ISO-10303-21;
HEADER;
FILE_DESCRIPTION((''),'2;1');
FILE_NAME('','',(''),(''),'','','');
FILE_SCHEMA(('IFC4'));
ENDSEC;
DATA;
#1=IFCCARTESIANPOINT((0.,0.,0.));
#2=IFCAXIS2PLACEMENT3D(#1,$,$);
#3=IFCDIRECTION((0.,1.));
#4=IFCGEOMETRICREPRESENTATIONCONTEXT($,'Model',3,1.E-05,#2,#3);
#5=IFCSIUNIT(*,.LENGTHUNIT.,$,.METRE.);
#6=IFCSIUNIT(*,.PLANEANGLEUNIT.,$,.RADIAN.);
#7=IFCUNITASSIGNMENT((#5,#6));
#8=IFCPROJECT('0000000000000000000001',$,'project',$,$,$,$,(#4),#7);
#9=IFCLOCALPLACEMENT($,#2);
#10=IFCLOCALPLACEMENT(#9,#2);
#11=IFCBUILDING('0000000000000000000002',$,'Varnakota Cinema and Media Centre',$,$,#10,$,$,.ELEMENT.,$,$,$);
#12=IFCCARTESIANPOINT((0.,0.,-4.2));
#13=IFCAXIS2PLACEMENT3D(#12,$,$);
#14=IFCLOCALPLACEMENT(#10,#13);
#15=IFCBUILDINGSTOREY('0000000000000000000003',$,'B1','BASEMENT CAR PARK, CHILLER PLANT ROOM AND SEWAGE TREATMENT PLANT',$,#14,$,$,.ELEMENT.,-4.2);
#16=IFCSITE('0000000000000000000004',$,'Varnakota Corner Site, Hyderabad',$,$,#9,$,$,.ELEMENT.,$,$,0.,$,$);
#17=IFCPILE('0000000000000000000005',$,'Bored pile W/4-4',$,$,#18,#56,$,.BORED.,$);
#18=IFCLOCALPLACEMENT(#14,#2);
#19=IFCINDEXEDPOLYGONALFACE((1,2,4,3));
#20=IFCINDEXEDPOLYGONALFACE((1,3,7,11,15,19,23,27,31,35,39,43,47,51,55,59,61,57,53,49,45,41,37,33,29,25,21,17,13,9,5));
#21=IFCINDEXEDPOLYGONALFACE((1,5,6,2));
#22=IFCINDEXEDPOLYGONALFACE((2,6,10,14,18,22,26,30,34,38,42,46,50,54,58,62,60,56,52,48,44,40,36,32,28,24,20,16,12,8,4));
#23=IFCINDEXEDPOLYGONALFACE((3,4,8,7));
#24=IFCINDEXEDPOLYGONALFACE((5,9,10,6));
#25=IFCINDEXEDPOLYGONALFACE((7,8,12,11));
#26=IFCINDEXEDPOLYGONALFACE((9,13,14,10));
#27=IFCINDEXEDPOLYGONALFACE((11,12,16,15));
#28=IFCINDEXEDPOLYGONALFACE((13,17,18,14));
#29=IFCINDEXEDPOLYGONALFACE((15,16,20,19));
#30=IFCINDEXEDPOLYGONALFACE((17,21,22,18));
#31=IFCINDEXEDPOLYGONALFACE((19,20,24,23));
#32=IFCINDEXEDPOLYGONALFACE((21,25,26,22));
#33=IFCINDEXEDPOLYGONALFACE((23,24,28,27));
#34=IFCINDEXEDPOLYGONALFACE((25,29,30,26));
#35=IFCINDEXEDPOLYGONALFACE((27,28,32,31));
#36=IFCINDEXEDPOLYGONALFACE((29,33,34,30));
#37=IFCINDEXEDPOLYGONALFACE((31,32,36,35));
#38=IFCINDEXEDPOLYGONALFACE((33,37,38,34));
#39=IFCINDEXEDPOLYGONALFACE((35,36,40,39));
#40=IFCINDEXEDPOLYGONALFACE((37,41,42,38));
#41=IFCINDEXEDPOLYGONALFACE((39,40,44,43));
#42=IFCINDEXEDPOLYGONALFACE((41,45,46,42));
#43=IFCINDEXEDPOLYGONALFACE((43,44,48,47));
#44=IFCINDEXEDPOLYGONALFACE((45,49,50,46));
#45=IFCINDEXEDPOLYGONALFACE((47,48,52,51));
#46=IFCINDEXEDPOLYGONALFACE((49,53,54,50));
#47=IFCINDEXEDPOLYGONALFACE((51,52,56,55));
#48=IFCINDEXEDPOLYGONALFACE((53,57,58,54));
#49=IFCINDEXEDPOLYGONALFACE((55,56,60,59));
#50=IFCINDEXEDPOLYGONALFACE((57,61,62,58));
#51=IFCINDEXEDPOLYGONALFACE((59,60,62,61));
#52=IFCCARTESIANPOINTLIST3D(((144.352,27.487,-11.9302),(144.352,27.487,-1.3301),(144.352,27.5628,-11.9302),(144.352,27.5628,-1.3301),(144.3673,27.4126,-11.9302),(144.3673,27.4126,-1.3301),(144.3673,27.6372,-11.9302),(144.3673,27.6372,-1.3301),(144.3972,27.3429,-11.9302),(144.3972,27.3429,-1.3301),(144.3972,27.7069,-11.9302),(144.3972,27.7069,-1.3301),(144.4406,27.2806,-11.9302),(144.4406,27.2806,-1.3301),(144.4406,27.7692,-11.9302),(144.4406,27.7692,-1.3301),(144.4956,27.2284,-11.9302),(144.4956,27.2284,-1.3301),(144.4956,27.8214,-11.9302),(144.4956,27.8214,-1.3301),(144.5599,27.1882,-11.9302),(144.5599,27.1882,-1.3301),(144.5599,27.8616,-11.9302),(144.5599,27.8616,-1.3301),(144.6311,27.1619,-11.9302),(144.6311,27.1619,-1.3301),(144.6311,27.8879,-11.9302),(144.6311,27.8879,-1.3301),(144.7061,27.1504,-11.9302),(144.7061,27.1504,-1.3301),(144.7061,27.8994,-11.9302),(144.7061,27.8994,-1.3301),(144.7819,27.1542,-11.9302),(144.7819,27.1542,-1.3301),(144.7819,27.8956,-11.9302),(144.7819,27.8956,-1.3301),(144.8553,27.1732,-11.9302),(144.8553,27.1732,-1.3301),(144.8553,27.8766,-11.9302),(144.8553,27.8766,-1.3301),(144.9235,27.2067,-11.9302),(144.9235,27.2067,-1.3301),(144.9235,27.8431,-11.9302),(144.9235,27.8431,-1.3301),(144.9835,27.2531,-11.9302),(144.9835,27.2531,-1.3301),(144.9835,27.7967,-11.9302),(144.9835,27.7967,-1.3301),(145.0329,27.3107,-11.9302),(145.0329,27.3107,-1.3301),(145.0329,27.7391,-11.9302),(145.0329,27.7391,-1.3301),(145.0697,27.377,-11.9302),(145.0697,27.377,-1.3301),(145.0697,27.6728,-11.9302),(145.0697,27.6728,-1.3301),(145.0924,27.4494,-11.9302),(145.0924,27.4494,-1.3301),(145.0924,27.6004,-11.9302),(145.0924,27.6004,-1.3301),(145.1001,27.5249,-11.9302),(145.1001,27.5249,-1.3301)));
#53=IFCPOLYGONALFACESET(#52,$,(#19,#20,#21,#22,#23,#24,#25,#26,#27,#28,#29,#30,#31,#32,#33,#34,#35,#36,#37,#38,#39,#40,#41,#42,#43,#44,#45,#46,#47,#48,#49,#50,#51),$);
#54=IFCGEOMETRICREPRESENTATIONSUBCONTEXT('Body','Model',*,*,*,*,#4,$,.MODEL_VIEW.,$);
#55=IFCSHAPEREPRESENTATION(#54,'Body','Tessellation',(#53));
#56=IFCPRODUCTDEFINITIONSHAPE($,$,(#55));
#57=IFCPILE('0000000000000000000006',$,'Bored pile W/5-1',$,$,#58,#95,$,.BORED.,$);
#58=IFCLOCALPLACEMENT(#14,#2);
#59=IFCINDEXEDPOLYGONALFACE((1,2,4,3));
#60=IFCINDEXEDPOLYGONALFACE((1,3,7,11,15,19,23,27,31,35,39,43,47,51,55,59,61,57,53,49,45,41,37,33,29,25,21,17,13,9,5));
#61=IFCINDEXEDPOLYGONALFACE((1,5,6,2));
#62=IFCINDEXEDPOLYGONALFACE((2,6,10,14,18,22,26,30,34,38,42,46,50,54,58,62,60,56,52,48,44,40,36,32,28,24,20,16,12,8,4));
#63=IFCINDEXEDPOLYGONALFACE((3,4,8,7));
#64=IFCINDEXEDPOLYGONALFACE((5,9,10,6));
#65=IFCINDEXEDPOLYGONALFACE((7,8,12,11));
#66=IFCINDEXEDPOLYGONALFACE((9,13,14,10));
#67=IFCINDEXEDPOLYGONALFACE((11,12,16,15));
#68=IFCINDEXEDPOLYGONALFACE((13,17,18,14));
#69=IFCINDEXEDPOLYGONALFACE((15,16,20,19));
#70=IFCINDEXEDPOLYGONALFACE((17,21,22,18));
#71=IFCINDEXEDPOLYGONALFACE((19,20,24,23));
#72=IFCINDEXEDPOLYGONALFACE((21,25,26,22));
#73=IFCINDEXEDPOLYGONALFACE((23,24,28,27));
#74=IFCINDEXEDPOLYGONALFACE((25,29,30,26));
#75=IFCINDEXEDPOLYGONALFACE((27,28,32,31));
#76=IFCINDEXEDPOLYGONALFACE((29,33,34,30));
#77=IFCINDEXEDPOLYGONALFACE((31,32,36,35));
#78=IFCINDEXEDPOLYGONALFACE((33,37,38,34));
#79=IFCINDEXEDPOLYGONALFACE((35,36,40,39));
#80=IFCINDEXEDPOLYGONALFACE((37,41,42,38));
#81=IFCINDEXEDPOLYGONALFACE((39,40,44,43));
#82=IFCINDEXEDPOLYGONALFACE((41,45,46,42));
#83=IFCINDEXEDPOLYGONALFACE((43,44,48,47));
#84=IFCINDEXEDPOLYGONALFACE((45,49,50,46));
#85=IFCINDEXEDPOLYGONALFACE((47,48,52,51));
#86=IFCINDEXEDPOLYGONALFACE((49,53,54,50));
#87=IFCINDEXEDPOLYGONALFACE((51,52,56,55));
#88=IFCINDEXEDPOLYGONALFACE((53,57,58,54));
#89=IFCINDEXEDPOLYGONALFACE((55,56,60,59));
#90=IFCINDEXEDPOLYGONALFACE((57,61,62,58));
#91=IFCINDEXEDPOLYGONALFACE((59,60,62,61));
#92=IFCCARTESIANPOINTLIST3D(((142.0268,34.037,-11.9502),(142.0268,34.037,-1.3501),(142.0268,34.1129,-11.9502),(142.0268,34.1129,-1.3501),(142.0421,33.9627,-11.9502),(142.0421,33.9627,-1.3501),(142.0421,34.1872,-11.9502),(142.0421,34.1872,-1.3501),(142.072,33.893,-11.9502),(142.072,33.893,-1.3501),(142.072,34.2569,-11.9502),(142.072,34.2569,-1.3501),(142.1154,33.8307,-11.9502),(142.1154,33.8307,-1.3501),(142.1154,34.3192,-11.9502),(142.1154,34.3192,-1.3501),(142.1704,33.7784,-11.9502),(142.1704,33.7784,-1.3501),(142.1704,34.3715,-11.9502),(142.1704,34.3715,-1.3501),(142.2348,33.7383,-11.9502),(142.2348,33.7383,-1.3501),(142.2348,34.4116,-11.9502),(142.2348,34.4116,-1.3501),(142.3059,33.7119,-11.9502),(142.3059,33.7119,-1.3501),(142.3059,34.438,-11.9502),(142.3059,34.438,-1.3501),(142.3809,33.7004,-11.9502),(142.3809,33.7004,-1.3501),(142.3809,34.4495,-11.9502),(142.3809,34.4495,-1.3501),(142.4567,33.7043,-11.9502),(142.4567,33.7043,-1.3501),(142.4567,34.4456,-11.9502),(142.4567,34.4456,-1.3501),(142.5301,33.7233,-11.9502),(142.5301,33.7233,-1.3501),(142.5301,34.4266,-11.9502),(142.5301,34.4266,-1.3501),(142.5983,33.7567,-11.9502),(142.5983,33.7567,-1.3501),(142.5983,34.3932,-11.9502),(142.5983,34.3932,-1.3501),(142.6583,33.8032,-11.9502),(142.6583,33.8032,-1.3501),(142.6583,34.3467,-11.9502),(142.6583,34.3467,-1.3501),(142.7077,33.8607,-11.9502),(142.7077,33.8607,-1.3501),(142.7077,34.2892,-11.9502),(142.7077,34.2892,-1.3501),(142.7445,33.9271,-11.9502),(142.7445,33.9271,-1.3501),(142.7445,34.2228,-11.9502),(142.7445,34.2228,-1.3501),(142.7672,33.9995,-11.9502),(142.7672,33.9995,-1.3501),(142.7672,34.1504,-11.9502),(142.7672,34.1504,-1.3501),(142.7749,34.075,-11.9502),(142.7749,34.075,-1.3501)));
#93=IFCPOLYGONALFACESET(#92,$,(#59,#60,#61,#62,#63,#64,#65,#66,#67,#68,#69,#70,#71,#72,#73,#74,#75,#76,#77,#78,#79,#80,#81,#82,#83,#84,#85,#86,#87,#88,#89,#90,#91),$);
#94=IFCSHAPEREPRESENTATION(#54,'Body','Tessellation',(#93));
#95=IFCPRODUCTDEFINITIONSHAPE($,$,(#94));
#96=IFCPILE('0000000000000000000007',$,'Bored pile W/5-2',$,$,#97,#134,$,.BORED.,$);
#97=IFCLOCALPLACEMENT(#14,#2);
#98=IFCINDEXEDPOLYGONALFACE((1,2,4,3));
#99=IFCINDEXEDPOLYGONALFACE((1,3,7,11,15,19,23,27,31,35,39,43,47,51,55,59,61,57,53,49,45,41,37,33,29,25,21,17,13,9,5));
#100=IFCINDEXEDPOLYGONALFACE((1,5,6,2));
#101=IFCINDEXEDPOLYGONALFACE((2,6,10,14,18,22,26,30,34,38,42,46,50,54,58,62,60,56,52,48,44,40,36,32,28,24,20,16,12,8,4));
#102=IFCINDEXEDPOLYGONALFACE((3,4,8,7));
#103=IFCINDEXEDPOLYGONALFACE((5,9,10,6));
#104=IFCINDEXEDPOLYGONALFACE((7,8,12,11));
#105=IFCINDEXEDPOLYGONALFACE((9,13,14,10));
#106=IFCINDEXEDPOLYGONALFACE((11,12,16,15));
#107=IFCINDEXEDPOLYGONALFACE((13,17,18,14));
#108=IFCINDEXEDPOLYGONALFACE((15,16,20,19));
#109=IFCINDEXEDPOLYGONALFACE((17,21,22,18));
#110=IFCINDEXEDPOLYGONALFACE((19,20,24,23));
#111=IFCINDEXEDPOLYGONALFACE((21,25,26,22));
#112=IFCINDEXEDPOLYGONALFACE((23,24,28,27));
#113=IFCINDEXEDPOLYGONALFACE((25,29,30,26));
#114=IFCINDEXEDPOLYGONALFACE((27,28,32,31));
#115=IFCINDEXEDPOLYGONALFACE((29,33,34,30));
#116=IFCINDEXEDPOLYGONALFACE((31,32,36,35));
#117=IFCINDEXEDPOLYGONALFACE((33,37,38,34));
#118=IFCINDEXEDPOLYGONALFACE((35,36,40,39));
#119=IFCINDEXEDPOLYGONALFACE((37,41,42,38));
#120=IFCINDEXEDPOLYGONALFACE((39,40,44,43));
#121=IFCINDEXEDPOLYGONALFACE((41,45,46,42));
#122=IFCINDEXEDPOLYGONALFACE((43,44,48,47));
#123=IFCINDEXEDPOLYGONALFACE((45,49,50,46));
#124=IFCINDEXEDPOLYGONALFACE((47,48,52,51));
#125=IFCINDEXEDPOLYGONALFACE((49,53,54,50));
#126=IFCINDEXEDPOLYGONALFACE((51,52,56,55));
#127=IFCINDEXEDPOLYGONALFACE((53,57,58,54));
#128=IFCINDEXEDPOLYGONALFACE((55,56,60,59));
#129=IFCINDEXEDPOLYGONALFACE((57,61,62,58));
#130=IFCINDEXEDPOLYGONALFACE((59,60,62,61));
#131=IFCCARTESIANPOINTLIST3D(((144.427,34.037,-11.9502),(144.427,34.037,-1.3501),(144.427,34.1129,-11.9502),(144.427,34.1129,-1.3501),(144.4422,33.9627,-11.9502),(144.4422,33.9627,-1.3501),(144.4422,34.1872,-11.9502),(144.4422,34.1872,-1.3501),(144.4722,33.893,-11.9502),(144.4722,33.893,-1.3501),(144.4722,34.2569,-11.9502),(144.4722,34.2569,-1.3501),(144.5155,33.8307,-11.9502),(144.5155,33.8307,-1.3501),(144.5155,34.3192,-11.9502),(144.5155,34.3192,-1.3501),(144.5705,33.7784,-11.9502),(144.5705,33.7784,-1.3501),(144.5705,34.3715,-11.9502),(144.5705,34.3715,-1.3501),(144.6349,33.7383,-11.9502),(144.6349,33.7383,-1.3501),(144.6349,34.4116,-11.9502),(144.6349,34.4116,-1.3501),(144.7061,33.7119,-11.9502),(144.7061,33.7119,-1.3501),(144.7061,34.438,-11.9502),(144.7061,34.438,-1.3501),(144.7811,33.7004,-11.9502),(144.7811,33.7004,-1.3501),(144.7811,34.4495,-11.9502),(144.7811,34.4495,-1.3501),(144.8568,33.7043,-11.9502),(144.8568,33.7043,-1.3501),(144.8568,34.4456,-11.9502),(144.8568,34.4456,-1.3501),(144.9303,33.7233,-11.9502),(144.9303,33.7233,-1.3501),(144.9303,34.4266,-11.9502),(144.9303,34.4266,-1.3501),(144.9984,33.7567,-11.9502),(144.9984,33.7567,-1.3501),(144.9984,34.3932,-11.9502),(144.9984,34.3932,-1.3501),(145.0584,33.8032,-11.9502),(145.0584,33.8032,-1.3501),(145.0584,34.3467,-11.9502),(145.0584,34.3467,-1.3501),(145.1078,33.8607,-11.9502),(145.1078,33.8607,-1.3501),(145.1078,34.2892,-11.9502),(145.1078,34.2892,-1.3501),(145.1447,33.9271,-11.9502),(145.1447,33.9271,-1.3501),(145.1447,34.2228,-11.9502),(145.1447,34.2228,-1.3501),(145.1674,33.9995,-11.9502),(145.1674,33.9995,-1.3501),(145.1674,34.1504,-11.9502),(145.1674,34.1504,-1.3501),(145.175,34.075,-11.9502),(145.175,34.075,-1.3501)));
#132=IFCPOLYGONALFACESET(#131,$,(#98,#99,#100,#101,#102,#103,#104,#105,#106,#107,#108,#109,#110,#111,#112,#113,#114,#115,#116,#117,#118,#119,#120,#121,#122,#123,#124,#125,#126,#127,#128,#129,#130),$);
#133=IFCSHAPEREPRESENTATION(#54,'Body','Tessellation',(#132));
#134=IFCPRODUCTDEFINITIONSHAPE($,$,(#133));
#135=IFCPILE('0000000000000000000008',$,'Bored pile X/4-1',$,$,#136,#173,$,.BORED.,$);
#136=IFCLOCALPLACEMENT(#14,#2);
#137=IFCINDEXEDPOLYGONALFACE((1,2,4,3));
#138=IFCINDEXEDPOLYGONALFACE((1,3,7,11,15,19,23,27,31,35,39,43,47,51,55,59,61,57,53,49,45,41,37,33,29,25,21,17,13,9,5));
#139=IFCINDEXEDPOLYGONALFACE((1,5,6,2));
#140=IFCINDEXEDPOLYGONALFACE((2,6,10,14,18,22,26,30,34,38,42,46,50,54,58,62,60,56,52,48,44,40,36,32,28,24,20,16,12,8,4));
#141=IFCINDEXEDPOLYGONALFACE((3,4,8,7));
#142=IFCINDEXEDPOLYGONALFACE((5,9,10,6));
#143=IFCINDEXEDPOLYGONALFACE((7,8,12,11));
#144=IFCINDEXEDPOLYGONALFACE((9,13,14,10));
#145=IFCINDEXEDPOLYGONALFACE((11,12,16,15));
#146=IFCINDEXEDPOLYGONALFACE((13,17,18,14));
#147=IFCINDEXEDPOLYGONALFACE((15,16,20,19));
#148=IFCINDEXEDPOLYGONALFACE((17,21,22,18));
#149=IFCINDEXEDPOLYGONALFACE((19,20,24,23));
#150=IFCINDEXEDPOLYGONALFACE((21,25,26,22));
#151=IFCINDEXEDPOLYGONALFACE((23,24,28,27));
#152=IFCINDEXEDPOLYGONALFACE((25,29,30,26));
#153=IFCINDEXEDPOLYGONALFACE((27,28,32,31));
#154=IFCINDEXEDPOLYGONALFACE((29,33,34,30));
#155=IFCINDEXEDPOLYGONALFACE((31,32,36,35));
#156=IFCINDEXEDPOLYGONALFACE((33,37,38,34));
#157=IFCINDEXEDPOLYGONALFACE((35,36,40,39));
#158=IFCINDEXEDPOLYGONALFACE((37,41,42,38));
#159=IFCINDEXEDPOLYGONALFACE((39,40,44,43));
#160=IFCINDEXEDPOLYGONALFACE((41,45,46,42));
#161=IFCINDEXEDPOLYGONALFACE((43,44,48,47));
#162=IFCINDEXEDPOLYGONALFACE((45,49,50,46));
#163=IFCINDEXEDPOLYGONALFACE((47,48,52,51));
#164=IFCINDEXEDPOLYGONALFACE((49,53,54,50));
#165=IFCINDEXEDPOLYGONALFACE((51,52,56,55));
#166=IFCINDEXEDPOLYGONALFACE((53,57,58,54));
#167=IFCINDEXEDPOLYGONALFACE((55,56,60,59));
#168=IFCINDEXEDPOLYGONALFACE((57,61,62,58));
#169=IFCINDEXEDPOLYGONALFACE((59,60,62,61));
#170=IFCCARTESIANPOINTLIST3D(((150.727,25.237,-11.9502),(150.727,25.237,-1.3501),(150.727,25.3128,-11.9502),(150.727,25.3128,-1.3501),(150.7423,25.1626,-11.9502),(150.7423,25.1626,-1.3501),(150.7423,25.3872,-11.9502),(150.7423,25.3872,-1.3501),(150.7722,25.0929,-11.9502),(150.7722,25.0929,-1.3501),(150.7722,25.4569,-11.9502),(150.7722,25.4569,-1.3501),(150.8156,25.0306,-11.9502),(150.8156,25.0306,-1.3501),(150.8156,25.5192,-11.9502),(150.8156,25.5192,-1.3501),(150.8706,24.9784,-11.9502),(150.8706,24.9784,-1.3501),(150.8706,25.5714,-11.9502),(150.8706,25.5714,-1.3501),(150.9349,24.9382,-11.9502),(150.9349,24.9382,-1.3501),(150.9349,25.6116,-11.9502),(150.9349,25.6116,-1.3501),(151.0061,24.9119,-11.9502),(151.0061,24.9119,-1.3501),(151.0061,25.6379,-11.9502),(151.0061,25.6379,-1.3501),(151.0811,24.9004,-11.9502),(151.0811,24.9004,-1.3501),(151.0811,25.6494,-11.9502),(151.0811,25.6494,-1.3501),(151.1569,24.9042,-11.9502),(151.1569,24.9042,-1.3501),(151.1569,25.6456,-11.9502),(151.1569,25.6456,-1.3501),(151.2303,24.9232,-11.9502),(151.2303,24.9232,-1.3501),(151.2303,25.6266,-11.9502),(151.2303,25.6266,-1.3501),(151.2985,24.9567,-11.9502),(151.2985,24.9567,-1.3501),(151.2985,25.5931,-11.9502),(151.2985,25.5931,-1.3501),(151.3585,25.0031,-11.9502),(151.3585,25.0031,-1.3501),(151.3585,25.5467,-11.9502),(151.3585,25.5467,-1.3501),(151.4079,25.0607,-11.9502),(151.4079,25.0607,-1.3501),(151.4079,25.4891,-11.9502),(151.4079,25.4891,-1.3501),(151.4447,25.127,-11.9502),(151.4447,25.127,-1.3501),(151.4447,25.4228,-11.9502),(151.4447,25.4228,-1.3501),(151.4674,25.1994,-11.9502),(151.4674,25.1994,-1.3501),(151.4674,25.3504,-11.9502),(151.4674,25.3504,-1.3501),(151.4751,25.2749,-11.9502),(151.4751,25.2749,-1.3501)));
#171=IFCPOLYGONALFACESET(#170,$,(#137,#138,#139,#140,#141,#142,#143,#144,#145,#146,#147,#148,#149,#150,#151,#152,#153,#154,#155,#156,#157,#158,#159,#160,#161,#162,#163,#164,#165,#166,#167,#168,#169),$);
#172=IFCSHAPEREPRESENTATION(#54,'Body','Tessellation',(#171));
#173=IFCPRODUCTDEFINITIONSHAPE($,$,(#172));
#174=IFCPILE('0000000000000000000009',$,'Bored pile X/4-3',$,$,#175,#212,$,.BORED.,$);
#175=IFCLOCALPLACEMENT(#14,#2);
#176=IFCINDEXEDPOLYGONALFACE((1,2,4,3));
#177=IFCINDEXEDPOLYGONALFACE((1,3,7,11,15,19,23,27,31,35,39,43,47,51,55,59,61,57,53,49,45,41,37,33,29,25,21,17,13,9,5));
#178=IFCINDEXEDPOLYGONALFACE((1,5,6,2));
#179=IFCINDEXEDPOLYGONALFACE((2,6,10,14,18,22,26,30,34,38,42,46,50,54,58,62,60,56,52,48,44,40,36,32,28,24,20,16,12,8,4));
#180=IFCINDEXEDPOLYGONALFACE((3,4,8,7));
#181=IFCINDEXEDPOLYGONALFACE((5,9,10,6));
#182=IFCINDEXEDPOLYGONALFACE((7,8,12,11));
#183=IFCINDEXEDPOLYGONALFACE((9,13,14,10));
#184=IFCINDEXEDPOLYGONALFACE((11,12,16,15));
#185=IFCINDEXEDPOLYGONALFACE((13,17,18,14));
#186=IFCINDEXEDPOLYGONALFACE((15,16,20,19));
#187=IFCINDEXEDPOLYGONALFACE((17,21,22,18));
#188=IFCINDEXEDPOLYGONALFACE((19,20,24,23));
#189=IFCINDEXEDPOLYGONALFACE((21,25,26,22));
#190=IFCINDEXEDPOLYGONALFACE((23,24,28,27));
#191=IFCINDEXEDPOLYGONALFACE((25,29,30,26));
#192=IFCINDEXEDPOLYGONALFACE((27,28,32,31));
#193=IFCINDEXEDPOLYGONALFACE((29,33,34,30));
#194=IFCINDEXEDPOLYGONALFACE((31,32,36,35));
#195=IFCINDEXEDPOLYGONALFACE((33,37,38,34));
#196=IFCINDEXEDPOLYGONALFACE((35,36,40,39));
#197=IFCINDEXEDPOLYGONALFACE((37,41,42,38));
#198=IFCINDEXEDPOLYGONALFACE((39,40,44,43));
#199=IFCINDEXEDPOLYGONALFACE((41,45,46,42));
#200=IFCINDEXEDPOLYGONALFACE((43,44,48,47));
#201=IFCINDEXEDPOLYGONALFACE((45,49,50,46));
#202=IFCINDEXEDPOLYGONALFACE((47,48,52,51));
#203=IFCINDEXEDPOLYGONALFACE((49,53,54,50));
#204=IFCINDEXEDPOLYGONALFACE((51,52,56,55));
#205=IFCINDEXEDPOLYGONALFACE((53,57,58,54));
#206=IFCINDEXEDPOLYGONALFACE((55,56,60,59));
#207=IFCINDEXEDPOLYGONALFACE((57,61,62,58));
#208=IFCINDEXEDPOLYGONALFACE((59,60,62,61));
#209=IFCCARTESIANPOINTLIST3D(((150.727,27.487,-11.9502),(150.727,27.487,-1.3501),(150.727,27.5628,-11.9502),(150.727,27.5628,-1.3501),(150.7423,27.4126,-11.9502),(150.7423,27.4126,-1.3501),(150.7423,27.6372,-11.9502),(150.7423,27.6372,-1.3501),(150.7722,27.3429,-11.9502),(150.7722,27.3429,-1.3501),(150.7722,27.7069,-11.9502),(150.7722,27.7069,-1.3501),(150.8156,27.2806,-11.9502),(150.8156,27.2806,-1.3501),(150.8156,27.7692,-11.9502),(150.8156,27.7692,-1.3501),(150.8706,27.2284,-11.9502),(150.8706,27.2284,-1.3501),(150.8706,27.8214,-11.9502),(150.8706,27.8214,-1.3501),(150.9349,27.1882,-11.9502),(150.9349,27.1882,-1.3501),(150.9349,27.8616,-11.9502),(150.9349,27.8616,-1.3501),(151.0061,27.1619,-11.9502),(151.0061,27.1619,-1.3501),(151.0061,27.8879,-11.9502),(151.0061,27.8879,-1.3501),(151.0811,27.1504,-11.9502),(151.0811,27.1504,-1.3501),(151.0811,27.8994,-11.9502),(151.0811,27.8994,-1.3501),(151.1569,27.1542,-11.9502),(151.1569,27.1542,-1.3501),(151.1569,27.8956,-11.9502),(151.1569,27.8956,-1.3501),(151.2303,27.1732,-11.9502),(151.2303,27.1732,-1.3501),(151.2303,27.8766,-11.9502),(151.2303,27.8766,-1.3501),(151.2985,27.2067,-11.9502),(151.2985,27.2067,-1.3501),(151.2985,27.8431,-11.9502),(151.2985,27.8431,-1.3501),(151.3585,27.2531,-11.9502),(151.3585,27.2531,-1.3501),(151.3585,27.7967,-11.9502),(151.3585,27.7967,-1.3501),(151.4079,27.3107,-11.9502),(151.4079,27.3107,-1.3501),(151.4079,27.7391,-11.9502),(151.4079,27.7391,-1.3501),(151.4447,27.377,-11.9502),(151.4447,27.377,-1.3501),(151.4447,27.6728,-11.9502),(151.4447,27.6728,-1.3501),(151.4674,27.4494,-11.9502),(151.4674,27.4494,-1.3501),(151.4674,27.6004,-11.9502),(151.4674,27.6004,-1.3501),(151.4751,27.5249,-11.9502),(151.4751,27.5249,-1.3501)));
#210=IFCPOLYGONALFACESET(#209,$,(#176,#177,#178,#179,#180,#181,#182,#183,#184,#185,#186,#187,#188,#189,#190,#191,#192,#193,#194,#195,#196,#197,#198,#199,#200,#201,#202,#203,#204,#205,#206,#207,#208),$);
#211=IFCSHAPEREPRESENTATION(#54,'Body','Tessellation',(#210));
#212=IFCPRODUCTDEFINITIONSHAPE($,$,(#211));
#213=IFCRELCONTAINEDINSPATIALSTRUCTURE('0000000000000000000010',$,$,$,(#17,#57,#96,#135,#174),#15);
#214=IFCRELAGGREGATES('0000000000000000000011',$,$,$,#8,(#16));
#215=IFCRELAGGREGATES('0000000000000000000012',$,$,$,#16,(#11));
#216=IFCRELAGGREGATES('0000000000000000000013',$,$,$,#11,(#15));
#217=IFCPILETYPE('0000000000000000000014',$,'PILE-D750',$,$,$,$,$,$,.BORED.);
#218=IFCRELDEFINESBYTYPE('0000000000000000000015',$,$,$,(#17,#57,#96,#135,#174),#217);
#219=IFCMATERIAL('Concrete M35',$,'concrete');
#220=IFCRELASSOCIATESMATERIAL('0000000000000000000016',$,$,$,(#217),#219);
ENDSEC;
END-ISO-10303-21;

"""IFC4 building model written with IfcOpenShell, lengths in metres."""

from ifc_helpers import new_model, si_unit, direction, frame, origin, origin_2d, place, context, subcontext, project, spatial, circle, extrude, material, material_profile, profile_set, type_object, element, save


model = new_model("IFC4")

# Units and contexts
model_context = context("Model", 3, precision=1e-05, world=origin(), true_north=direction((0.0, 1.0)))
body_context = subcontext(model_context, "Body", "Model", "MODEL_VIEW")
ifc_project = project(units=[si_unit("LENGTHUNIT", "METRE"), si_unit("PLANEANGLEUNIT", "RADIAN")], contexts=[model_context])

# Site, building, storey
site_placement = place(None, origin())
site = spatial("IfcSite", under=ifc_project, at=site_placement, Name="Varnakota Corner Site, Hyderabad", CompositionType="ELEMENT", RefElevation=0.0)
building_placement = place(site_placement, origin())
building = spatial("IfcBuilding", under=site, at=building_placement, Name="Varnakota Cinema and Media Centre", CompositionType="ELEMENT")
storey_placement = place(building_placement, frame((0.0, 0.0, -4.2)))
storey = spatial("IfcBuildingStorey", under=building, at=storey_placement, Name="B1", Description="BASEMENT CAR PARK, CHILLER PLANT ROOM AND SEWAGE TREATMENT PLANT", CompositionType="ELEMENT", Elevation=-4.2)

# Piles
ifc_material_1 = material(Name="Concrete M35", Category="concrete")
ifc_material_profile_1 = material_profile(ifc_material_1, circle(Radius=0.375, at=origin_2d()), Name="PILE D750")
ifc_profile_set_1 = profile_set([ifc_material_profile_1], Name="Concrete M35")
pile_type_1 = type_object("IfcPileType", Name="PILE-D750", PredefinedType="BORED", material=ifc_profile_set_1)
for number, where, z_axis, x_axis, name in (
    (1, (144.7251, 27.5249, -1.3301), (0.0, 0.0, -1.0), (1.0, 0.0, 0.0), "Bored pile W/4-4"),
    (2, (142.3999, 34.075, -1.3501), (0.0, 0.0, -1.0), (1.0, 0.0, 0.0), "Bored pile W/5-1"),
    (3, (144.8, 34.075, -1.3501), (0.0, 0.0, -1.0), (1.0, 0.0, 0.0), "Bored pile W/5-2"),
    (4, (151.1001, 25.2749, -1.3501), (0.0, 0.0, -1.0), (1.0, 0.0, 0.0), "Bored pile X/4-1"),
    (5, (151.1001, 27.5249, -1.3501), (0.0, 0.0, -1.0), (1.0, 0.0, 0.0), "Bored pile X/4-3"),
):
    element("IfcPile", number, at=place(storey_placement, frame(where, z_axis=z_axis, x_axis=x_axis)), inside=storey, type_object=pile_type_1, Name=name, PredefinedType="BORED", context=body_context, shape_type="SweptSolid", body=[
        extrude(circle(Radius=0.375, at=origin_2d()), origin(), (0.0, 0.0, 1.0), 10.6001),
    ])

save(model, "model.ifc")
